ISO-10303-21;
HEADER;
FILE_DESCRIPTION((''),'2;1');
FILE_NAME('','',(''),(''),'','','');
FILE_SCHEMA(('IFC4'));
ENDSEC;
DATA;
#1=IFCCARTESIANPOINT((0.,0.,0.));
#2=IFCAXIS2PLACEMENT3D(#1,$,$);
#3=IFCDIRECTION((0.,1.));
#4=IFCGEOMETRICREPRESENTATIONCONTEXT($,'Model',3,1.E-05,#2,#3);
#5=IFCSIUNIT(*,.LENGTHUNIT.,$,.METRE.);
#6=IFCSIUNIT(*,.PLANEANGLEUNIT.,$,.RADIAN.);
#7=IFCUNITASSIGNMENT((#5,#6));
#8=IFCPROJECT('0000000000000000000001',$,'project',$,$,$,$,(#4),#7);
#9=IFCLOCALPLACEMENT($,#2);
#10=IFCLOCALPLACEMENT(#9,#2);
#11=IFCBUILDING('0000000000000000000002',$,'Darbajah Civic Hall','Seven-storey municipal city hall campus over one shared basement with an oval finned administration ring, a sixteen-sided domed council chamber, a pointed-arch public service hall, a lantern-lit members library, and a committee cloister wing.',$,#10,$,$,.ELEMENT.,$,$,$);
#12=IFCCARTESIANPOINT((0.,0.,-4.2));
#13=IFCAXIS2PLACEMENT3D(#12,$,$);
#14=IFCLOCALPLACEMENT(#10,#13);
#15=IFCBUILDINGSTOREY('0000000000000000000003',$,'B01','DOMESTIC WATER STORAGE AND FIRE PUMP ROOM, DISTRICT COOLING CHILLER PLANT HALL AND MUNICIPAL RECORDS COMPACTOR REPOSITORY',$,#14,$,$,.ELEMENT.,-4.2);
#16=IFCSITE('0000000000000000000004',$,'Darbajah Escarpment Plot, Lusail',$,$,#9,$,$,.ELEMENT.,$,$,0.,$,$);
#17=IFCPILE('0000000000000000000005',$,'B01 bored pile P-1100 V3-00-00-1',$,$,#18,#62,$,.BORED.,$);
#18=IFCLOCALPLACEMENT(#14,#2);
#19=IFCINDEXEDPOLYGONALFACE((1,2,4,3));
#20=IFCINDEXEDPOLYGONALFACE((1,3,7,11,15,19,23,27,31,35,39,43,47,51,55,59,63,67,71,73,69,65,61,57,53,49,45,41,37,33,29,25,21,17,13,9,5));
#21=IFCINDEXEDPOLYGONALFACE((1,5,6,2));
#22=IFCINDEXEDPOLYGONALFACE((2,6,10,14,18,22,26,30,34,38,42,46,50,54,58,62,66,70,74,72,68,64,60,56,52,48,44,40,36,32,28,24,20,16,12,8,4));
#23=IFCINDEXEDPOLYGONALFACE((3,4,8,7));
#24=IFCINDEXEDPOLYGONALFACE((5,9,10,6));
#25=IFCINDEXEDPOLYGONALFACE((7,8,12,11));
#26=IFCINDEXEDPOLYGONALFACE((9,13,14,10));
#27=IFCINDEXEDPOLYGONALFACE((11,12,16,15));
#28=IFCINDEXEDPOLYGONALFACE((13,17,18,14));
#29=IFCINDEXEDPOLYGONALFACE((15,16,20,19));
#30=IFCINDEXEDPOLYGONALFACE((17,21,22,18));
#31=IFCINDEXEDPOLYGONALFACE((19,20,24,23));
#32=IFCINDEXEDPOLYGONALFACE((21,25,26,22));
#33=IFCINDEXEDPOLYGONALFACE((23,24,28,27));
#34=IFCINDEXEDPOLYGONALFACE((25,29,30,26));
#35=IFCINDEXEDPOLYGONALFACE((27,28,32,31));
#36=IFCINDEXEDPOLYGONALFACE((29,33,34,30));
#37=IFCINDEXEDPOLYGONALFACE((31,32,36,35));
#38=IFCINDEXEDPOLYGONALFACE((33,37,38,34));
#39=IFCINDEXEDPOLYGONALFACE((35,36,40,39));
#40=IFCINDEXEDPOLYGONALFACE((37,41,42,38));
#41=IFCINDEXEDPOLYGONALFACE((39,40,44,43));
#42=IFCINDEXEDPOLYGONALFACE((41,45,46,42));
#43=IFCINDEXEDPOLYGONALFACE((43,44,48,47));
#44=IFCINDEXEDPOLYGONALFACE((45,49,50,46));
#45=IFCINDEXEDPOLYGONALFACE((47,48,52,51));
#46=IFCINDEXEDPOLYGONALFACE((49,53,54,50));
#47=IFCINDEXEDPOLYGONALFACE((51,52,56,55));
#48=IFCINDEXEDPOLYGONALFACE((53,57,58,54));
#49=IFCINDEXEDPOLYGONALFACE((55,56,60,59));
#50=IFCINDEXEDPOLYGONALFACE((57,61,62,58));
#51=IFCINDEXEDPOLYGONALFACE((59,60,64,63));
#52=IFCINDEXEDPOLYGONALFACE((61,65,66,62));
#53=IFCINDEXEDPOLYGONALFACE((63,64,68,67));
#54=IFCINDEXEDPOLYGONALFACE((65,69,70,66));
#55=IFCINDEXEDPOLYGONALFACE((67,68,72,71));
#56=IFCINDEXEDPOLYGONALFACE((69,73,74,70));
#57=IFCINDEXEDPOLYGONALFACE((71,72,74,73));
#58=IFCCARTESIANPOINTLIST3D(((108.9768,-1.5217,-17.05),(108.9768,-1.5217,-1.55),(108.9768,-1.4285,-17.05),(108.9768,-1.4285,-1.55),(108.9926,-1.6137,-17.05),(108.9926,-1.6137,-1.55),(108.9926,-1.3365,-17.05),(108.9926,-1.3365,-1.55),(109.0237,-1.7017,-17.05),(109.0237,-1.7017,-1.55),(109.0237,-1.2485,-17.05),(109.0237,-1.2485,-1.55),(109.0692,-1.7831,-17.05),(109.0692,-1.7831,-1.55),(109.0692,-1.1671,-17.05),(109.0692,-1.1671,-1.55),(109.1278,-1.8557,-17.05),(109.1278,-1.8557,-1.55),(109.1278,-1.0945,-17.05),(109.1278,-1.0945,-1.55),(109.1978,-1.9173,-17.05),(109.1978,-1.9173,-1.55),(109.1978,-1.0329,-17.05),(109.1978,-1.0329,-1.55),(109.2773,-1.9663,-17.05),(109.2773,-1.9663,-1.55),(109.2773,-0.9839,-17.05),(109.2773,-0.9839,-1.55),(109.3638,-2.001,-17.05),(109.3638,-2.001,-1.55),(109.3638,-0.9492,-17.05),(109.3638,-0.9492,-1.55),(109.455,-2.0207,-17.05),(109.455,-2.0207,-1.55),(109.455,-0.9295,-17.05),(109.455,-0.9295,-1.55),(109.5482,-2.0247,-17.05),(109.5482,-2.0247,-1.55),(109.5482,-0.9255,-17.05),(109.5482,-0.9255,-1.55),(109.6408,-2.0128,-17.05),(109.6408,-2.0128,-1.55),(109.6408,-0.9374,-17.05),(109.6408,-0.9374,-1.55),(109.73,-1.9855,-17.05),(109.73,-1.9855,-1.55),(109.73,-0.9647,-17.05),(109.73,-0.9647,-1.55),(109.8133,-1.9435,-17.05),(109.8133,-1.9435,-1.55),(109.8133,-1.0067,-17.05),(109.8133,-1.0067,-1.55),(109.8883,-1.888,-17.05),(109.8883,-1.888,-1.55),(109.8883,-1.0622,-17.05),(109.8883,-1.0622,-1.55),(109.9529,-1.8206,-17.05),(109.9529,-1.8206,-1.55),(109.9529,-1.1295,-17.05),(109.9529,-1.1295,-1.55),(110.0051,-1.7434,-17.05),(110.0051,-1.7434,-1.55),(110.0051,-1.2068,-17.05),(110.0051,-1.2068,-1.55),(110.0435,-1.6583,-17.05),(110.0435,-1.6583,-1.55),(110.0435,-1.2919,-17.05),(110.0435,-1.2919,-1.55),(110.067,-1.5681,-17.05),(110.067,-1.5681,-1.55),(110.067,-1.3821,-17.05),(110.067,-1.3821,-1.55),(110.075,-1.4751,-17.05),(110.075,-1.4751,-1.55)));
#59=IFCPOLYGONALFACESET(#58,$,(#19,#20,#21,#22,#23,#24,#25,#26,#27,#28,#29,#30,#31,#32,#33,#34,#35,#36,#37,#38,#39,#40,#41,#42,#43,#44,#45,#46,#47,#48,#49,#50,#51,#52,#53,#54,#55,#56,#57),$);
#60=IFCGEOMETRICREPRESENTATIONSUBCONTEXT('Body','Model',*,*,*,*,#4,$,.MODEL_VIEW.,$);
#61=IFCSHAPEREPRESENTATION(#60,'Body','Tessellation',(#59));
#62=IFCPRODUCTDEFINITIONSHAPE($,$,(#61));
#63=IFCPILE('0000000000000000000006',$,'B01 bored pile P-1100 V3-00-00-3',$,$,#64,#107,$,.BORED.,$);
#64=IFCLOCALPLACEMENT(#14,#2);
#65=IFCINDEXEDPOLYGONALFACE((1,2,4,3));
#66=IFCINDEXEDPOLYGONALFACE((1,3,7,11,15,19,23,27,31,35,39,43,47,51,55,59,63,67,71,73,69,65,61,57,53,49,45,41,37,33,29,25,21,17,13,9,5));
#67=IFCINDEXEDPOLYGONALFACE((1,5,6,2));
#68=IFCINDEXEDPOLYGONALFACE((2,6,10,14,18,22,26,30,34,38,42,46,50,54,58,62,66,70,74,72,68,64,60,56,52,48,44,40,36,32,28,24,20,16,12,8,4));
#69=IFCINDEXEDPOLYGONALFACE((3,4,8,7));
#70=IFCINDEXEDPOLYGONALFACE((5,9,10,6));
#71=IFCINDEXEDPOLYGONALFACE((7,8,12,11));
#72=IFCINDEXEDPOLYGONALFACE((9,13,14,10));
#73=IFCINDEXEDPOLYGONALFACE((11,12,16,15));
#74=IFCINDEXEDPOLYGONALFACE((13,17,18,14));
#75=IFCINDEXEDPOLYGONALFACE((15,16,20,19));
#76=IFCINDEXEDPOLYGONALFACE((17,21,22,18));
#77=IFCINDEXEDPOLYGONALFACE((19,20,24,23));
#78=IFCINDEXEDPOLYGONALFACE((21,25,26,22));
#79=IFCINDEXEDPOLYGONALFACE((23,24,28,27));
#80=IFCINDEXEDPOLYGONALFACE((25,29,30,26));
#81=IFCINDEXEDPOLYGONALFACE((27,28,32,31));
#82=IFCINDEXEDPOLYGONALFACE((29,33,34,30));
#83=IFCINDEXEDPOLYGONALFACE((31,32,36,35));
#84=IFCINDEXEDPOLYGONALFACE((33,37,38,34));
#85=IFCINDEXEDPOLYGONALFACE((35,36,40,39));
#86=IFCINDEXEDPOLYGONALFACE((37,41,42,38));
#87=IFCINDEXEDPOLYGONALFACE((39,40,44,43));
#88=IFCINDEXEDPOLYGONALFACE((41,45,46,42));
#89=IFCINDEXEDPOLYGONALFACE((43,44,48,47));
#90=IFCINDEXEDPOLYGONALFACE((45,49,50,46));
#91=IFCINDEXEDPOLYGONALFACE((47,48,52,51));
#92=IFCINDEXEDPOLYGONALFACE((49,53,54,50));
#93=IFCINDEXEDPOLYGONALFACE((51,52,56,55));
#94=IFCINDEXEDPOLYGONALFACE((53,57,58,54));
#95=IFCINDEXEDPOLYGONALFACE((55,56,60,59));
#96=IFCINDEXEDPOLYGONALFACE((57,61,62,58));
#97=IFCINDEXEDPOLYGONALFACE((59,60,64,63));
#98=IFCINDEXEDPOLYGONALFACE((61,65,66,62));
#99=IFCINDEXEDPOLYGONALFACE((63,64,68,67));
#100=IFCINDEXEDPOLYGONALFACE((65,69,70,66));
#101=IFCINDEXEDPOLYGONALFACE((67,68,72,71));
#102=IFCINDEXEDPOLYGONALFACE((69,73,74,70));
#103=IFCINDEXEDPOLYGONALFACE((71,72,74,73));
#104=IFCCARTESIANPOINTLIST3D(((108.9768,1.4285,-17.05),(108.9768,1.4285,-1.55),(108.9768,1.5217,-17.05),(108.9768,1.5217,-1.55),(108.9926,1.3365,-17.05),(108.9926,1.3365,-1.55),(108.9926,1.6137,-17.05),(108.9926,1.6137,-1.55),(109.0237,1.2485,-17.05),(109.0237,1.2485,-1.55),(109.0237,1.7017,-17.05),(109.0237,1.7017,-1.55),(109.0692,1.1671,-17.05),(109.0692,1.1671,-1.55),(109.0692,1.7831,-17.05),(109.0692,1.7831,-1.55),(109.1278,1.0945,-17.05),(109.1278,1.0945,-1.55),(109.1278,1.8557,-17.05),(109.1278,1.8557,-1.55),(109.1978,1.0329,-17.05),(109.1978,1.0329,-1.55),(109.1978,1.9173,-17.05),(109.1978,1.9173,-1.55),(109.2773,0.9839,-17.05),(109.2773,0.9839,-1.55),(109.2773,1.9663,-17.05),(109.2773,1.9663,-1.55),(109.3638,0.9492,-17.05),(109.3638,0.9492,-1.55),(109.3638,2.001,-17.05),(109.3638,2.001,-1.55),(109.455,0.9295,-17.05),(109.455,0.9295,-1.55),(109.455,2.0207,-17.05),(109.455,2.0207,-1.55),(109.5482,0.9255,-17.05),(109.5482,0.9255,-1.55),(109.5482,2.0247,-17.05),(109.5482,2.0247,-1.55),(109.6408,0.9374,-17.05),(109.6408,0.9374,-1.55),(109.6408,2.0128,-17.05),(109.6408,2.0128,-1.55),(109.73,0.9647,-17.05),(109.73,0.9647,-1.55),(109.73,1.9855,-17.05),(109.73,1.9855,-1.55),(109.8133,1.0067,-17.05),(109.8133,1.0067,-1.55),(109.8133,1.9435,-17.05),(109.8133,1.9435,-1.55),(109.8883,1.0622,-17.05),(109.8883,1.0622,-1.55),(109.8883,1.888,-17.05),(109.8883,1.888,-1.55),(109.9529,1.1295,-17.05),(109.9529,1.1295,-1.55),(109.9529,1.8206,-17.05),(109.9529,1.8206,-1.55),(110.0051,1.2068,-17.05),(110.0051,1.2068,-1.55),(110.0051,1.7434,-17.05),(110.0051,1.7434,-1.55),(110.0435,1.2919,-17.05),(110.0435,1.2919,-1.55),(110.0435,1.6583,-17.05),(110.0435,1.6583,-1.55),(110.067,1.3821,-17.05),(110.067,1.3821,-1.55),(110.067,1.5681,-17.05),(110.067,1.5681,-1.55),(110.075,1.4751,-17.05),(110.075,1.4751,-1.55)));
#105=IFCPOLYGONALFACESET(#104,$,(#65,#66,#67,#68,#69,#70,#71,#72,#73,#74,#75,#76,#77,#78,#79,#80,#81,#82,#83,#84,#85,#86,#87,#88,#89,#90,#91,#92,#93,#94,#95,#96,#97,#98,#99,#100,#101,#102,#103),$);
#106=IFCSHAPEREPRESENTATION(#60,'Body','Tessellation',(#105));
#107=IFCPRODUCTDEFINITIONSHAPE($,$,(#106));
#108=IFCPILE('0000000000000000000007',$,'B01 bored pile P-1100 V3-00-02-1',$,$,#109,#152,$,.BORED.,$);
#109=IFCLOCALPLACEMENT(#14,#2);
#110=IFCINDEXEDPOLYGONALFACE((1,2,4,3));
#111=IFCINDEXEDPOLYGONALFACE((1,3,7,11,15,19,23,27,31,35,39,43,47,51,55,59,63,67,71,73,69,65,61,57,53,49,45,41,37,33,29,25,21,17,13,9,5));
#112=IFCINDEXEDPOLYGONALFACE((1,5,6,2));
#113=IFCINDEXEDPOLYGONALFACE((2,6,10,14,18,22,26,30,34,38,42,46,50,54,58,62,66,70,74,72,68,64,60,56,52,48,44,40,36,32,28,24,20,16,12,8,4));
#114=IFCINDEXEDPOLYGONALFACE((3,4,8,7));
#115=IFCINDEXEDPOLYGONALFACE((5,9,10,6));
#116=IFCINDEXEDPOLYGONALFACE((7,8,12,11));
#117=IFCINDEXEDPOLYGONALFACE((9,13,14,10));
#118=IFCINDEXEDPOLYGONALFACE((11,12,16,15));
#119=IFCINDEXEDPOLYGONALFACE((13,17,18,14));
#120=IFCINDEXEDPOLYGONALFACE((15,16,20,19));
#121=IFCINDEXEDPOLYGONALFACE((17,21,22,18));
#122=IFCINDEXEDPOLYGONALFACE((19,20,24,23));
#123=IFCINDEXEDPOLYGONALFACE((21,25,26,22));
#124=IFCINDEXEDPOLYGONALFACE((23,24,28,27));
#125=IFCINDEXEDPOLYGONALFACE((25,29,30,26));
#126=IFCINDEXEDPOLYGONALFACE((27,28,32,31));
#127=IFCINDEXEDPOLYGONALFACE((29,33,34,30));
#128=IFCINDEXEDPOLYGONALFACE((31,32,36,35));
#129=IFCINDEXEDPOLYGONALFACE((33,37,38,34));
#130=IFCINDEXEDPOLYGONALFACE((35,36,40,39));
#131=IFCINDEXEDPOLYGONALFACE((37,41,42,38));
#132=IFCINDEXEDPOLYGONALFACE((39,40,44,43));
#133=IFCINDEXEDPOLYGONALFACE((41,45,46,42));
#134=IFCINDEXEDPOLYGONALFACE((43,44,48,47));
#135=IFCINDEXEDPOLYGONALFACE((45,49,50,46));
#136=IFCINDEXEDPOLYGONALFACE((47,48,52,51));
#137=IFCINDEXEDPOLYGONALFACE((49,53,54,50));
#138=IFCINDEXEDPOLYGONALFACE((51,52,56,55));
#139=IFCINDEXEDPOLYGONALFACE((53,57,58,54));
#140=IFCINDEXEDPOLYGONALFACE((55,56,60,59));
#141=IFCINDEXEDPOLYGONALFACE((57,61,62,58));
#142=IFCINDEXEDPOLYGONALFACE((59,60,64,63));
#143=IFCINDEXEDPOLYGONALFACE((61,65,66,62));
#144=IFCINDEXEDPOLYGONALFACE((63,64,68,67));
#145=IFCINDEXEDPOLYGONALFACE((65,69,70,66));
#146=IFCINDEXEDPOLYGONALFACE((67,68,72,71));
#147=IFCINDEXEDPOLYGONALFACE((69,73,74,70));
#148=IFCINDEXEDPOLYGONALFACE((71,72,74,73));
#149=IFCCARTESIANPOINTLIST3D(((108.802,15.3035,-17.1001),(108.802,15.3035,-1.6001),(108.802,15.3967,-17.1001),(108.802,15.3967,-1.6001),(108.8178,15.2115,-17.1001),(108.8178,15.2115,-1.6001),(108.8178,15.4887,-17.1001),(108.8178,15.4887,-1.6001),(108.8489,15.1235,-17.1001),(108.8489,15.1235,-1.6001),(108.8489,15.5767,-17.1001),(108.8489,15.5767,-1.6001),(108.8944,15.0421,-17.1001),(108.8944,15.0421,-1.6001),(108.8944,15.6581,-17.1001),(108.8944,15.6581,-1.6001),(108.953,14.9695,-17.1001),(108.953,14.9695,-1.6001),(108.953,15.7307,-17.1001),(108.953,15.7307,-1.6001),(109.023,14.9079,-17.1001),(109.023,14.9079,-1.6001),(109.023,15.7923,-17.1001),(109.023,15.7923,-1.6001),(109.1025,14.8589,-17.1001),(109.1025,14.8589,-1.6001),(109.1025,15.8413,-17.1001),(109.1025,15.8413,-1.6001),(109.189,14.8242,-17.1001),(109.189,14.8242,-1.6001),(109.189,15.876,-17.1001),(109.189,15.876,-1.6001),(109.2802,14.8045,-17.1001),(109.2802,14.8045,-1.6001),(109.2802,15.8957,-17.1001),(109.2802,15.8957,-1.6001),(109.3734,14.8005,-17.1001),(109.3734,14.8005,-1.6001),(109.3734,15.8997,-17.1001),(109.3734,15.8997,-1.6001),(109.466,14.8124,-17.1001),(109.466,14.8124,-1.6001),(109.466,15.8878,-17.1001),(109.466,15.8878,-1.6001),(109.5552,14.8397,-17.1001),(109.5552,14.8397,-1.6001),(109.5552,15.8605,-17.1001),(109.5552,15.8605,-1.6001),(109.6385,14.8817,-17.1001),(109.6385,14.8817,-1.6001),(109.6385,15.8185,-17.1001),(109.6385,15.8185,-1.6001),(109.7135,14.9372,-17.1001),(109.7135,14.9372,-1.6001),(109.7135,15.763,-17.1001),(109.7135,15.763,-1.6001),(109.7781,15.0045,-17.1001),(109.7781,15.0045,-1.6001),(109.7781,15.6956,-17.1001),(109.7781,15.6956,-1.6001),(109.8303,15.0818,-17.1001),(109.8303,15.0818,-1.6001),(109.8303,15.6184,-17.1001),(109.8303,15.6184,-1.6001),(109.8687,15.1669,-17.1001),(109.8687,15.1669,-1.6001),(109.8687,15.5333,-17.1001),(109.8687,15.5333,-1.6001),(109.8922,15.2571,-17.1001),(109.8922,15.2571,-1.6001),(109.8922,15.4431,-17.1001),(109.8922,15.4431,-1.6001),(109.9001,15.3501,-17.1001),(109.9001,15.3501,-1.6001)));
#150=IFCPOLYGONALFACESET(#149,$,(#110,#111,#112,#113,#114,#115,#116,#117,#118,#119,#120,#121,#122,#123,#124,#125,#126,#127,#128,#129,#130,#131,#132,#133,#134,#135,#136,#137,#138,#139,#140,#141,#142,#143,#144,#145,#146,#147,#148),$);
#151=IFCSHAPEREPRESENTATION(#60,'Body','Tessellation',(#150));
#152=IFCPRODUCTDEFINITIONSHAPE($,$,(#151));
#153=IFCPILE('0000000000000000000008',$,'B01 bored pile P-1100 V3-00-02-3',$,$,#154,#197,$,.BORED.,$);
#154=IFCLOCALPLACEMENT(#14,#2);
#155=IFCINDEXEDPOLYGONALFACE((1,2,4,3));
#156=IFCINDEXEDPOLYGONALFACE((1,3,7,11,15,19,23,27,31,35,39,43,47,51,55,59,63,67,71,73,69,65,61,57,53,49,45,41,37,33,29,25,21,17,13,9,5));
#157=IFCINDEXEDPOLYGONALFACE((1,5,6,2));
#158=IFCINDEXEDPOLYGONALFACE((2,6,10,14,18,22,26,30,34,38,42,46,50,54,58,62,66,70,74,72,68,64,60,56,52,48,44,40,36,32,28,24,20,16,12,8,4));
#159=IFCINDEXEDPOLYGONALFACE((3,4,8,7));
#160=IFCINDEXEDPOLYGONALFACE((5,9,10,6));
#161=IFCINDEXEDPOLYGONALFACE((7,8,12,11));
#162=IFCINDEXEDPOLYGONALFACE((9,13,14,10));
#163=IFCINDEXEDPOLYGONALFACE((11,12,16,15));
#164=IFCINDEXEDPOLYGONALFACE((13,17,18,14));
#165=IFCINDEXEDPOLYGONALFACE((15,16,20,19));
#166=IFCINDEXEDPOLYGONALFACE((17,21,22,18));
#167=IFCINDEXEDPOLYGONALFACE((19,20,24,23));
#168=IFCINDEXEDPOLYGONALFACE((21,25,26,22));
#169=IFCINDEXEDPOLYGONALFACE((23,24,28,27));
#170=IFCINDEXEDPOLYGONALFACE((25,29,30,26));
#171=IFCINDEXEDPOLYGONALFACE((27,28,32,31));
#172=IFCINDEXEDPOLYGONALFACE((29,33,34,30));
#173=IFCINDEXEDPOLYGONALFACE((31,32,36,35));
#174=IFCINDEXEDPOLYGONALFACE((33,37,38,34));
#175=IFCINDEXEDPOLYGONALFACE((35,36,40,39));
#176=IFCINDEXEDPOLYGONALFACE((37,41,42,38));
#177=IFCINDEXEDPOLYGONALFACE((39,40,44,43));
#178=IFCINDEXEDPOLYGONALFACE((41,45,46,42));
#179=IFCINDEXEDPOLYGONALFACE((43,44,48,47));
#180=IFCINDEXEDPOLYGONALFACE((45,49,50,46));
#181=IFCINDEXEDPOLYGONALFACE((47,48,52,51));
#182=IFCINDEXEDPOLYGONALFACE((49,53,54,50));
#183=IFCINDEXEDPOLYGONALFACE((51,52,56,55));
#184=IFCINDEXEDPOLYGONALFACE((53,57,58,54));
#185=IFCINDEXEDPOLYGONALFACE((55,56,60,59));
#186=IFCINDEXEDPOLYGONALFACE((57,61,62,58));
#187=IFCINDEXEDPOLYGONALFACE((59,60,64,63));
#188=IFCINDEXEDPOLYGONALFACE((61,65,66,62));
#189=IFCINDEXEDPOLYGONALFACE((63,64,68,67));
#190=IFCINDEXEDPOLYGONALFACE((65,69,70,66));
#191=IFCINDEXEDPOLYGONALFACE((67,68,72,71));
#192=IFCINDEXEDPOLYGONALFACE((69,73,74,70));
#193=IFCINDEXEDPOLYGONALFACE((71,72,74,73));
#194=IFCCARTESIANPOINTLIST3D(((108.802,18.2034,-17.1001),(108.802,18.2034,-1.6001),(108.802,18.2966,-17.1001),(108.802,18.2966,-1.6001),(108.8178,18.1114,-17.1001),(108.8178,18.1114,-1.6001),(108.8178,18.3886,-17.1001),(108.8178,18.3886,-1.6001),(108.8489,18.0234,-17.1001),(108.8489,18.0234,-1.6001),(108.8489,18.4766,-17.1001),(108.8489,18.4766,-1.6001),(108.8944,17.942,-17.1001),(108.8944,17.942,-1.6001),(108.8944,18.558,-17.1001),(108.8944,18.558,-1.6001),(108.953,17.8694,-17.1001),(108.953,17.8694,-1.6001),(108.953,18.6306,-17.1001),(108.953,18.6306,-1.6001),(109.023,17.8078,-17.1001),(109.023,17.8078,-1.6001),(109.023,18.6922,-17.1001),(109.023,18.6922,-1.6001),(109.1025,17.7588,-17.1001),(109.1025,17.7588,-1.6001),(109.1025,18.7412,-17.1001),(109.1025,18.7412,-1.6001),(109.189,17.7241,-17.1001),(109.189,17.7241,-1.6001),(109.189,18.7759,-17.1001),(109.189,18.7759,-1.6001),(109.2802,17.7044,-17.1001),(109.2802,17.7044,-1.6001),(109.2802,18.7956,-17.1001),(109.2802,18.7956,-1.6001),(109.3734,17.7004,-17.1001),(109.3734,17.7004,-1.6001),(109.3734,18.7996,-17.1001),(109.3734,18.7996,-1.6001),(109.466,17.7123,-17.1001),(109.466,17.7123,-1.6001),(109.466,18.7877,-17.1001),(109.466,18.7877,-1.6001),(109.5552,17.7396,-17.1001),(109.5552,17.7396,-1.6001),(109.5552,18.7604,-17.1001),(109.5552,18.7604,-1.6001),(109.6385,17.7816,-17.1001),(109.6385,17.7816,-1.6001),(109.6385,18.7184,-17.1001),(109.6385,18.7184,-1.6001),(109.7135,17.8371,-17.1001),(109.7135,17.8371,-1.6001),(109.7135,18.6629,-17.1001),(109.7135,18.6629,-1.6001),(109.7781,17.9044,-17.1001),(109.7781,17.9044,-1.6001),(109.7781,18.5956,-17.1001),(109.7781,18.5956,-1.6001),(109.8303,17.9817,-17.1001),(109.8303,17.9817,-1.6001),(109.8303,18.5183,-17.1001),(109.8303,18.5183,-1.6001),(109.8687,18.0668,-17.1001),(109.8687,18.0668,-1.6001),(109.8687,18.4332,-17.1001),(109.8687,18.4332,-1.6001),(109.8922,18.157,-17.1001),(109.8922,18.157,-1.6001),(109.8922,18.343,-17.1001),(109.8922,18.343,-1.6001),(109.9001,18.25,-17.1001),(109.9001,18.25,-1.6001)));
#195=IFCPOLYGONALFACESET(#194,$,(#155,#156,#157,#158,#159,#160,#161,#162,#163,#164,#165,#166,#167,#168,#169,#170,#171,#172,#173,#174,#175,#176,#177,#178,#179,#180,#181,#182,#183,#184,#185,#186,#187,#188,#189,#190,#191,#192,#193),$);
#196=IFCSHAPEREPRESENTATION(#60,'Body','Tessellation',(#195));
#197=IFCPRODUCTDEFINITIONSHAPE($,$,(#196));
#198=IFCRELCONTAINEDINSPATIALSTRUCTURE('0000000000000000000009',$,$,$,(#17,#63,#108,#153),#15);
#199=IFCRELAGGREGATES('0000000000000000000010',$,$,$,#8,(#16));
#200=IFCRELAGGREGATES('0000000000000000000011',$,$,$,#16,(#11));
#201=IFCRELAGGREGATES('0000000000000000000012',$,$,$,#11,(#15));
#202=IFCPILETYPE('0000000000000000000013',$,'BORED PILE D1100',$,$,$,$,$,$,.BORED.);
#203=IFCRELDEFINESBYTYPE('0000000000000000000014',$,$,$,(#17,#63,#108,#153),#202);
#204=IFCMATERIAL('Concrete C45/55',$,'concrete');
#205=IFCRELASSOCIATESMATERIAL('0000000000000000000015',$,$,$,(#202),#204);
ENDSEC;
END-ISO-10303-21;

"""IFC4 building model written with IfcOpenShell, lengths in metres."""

from ifc_helpers import new_model, si_unit, direction, frame, origin, origin_2d, place, context, subcontext, project, spatial, circle, extrude, material, material_profile, profile_set, type_object, element, save


model = new_model("IFC4")

# Units and contexts
model_context = context("Model", 3, precision=1e-05, world=origin(), true_north=direction((0.0, 1.0)))
body_context = subcontext(model_context, "Body", "Model", "MODEL_VIEW")
ifc_project = project(units=[si_unit("LENGTHUNIT", "METRE"), si_unit("PLANEANGLEUNIT", "RADIAN")], contexts=[model_context])

# Site, building, storey
site_placement = place(None, origin())
site = spatial("IfcSite", under=ifc_project, at=site_placement, Name="Darbajah Escarpment Plot, Lusail", CompositionType="ELEMENT", RefElevation=0.0)
building_placement = place(site_placement, origin())
building = spatial("IfcBuilding", under=site, at=building_placement, Name="Darbajah Civic Hall", Description="Seven-storey municipal city hall campus over one shared basement with an oval finned administration ring, a sixteen-sided domed council chamber, a pointed-arch public service hall, a lantern-lit members library, and a committee cloister wing.", CompositionType="ELEMENT")
storey_placement = place(building_placement, frame((0.0, 0.0, -4.2)))
storey = spatial("IfcBuildingStorey", under=building, at=storey_placement, Name="B01", Description="DOMESTIC WATER STORAGE AND FIRE PUMP ROOM, DISTRICT COOLING CHILLER PLANT HALL AND MUNICIPAL RECORDS COMPACTOR REPOSITORY", CompositionType="ELEMENT", Elevation=-4.2)

# Piles
ifc_material_1 = material(Name="Concrete C45/55", Category="concrete")
ifc_material_profile_1 = material_profile(ifc_material_1, circle(Radius=0.55, at=origin_2d()), Name="BORED PILE D1100")
ifc_profile_set_1 = profile_set([ifc_material_profile_1], Name="Concrete C45/55")
pile_type_1 = type_object("IfcPileType", Name="BORED PILE D1100", PredefinedType="BORED", material=ifc_profile_set_1)
for number, where, z_axis, x_axis, name in (
    (1, (109.5249, -1.4751, -1.55), (0.0, 0.0, -1.0), (1.0, 0.0, 0.0), "B01 bored pile P-1100 V3-00-00-1"),
    (2, (109.5249, 1.4751, -1.55), (0.0, 0.0, -1.0), (1.0, 0.0, 0.0), "B01 bored pile P-1100 V3-00-00-3"),
    (3, (109.3501, 15.3501, -1.6001), (0.0, 0.0, -1.0), (1.0, 0.0, 0.0), "B01 bored pile P-1100 V3-00-02-1"),
    (4, (109.3501, 18.25, -1.6001), (0.0, 0.0, -1.0), (1.0, 0.0, 0.0), "B01 bored pile P-1100 V3-00-02-3"),
):
    element("IfcPile", number, at=place(storey_placement, frame(where, z_axis=z_axis, x_axis=x_axis)), inside=storey, type_object=pile_type_1, Name=name, PredefinedType="BORED", context=body_context, shape_type="SweptSolid", body=[
        extrude(circle(Radius=0.55, at=origin_2d()), origin(), (0.0, 0.0, 1.0), 15.5),
    ])

save(model, "model.ifc")
